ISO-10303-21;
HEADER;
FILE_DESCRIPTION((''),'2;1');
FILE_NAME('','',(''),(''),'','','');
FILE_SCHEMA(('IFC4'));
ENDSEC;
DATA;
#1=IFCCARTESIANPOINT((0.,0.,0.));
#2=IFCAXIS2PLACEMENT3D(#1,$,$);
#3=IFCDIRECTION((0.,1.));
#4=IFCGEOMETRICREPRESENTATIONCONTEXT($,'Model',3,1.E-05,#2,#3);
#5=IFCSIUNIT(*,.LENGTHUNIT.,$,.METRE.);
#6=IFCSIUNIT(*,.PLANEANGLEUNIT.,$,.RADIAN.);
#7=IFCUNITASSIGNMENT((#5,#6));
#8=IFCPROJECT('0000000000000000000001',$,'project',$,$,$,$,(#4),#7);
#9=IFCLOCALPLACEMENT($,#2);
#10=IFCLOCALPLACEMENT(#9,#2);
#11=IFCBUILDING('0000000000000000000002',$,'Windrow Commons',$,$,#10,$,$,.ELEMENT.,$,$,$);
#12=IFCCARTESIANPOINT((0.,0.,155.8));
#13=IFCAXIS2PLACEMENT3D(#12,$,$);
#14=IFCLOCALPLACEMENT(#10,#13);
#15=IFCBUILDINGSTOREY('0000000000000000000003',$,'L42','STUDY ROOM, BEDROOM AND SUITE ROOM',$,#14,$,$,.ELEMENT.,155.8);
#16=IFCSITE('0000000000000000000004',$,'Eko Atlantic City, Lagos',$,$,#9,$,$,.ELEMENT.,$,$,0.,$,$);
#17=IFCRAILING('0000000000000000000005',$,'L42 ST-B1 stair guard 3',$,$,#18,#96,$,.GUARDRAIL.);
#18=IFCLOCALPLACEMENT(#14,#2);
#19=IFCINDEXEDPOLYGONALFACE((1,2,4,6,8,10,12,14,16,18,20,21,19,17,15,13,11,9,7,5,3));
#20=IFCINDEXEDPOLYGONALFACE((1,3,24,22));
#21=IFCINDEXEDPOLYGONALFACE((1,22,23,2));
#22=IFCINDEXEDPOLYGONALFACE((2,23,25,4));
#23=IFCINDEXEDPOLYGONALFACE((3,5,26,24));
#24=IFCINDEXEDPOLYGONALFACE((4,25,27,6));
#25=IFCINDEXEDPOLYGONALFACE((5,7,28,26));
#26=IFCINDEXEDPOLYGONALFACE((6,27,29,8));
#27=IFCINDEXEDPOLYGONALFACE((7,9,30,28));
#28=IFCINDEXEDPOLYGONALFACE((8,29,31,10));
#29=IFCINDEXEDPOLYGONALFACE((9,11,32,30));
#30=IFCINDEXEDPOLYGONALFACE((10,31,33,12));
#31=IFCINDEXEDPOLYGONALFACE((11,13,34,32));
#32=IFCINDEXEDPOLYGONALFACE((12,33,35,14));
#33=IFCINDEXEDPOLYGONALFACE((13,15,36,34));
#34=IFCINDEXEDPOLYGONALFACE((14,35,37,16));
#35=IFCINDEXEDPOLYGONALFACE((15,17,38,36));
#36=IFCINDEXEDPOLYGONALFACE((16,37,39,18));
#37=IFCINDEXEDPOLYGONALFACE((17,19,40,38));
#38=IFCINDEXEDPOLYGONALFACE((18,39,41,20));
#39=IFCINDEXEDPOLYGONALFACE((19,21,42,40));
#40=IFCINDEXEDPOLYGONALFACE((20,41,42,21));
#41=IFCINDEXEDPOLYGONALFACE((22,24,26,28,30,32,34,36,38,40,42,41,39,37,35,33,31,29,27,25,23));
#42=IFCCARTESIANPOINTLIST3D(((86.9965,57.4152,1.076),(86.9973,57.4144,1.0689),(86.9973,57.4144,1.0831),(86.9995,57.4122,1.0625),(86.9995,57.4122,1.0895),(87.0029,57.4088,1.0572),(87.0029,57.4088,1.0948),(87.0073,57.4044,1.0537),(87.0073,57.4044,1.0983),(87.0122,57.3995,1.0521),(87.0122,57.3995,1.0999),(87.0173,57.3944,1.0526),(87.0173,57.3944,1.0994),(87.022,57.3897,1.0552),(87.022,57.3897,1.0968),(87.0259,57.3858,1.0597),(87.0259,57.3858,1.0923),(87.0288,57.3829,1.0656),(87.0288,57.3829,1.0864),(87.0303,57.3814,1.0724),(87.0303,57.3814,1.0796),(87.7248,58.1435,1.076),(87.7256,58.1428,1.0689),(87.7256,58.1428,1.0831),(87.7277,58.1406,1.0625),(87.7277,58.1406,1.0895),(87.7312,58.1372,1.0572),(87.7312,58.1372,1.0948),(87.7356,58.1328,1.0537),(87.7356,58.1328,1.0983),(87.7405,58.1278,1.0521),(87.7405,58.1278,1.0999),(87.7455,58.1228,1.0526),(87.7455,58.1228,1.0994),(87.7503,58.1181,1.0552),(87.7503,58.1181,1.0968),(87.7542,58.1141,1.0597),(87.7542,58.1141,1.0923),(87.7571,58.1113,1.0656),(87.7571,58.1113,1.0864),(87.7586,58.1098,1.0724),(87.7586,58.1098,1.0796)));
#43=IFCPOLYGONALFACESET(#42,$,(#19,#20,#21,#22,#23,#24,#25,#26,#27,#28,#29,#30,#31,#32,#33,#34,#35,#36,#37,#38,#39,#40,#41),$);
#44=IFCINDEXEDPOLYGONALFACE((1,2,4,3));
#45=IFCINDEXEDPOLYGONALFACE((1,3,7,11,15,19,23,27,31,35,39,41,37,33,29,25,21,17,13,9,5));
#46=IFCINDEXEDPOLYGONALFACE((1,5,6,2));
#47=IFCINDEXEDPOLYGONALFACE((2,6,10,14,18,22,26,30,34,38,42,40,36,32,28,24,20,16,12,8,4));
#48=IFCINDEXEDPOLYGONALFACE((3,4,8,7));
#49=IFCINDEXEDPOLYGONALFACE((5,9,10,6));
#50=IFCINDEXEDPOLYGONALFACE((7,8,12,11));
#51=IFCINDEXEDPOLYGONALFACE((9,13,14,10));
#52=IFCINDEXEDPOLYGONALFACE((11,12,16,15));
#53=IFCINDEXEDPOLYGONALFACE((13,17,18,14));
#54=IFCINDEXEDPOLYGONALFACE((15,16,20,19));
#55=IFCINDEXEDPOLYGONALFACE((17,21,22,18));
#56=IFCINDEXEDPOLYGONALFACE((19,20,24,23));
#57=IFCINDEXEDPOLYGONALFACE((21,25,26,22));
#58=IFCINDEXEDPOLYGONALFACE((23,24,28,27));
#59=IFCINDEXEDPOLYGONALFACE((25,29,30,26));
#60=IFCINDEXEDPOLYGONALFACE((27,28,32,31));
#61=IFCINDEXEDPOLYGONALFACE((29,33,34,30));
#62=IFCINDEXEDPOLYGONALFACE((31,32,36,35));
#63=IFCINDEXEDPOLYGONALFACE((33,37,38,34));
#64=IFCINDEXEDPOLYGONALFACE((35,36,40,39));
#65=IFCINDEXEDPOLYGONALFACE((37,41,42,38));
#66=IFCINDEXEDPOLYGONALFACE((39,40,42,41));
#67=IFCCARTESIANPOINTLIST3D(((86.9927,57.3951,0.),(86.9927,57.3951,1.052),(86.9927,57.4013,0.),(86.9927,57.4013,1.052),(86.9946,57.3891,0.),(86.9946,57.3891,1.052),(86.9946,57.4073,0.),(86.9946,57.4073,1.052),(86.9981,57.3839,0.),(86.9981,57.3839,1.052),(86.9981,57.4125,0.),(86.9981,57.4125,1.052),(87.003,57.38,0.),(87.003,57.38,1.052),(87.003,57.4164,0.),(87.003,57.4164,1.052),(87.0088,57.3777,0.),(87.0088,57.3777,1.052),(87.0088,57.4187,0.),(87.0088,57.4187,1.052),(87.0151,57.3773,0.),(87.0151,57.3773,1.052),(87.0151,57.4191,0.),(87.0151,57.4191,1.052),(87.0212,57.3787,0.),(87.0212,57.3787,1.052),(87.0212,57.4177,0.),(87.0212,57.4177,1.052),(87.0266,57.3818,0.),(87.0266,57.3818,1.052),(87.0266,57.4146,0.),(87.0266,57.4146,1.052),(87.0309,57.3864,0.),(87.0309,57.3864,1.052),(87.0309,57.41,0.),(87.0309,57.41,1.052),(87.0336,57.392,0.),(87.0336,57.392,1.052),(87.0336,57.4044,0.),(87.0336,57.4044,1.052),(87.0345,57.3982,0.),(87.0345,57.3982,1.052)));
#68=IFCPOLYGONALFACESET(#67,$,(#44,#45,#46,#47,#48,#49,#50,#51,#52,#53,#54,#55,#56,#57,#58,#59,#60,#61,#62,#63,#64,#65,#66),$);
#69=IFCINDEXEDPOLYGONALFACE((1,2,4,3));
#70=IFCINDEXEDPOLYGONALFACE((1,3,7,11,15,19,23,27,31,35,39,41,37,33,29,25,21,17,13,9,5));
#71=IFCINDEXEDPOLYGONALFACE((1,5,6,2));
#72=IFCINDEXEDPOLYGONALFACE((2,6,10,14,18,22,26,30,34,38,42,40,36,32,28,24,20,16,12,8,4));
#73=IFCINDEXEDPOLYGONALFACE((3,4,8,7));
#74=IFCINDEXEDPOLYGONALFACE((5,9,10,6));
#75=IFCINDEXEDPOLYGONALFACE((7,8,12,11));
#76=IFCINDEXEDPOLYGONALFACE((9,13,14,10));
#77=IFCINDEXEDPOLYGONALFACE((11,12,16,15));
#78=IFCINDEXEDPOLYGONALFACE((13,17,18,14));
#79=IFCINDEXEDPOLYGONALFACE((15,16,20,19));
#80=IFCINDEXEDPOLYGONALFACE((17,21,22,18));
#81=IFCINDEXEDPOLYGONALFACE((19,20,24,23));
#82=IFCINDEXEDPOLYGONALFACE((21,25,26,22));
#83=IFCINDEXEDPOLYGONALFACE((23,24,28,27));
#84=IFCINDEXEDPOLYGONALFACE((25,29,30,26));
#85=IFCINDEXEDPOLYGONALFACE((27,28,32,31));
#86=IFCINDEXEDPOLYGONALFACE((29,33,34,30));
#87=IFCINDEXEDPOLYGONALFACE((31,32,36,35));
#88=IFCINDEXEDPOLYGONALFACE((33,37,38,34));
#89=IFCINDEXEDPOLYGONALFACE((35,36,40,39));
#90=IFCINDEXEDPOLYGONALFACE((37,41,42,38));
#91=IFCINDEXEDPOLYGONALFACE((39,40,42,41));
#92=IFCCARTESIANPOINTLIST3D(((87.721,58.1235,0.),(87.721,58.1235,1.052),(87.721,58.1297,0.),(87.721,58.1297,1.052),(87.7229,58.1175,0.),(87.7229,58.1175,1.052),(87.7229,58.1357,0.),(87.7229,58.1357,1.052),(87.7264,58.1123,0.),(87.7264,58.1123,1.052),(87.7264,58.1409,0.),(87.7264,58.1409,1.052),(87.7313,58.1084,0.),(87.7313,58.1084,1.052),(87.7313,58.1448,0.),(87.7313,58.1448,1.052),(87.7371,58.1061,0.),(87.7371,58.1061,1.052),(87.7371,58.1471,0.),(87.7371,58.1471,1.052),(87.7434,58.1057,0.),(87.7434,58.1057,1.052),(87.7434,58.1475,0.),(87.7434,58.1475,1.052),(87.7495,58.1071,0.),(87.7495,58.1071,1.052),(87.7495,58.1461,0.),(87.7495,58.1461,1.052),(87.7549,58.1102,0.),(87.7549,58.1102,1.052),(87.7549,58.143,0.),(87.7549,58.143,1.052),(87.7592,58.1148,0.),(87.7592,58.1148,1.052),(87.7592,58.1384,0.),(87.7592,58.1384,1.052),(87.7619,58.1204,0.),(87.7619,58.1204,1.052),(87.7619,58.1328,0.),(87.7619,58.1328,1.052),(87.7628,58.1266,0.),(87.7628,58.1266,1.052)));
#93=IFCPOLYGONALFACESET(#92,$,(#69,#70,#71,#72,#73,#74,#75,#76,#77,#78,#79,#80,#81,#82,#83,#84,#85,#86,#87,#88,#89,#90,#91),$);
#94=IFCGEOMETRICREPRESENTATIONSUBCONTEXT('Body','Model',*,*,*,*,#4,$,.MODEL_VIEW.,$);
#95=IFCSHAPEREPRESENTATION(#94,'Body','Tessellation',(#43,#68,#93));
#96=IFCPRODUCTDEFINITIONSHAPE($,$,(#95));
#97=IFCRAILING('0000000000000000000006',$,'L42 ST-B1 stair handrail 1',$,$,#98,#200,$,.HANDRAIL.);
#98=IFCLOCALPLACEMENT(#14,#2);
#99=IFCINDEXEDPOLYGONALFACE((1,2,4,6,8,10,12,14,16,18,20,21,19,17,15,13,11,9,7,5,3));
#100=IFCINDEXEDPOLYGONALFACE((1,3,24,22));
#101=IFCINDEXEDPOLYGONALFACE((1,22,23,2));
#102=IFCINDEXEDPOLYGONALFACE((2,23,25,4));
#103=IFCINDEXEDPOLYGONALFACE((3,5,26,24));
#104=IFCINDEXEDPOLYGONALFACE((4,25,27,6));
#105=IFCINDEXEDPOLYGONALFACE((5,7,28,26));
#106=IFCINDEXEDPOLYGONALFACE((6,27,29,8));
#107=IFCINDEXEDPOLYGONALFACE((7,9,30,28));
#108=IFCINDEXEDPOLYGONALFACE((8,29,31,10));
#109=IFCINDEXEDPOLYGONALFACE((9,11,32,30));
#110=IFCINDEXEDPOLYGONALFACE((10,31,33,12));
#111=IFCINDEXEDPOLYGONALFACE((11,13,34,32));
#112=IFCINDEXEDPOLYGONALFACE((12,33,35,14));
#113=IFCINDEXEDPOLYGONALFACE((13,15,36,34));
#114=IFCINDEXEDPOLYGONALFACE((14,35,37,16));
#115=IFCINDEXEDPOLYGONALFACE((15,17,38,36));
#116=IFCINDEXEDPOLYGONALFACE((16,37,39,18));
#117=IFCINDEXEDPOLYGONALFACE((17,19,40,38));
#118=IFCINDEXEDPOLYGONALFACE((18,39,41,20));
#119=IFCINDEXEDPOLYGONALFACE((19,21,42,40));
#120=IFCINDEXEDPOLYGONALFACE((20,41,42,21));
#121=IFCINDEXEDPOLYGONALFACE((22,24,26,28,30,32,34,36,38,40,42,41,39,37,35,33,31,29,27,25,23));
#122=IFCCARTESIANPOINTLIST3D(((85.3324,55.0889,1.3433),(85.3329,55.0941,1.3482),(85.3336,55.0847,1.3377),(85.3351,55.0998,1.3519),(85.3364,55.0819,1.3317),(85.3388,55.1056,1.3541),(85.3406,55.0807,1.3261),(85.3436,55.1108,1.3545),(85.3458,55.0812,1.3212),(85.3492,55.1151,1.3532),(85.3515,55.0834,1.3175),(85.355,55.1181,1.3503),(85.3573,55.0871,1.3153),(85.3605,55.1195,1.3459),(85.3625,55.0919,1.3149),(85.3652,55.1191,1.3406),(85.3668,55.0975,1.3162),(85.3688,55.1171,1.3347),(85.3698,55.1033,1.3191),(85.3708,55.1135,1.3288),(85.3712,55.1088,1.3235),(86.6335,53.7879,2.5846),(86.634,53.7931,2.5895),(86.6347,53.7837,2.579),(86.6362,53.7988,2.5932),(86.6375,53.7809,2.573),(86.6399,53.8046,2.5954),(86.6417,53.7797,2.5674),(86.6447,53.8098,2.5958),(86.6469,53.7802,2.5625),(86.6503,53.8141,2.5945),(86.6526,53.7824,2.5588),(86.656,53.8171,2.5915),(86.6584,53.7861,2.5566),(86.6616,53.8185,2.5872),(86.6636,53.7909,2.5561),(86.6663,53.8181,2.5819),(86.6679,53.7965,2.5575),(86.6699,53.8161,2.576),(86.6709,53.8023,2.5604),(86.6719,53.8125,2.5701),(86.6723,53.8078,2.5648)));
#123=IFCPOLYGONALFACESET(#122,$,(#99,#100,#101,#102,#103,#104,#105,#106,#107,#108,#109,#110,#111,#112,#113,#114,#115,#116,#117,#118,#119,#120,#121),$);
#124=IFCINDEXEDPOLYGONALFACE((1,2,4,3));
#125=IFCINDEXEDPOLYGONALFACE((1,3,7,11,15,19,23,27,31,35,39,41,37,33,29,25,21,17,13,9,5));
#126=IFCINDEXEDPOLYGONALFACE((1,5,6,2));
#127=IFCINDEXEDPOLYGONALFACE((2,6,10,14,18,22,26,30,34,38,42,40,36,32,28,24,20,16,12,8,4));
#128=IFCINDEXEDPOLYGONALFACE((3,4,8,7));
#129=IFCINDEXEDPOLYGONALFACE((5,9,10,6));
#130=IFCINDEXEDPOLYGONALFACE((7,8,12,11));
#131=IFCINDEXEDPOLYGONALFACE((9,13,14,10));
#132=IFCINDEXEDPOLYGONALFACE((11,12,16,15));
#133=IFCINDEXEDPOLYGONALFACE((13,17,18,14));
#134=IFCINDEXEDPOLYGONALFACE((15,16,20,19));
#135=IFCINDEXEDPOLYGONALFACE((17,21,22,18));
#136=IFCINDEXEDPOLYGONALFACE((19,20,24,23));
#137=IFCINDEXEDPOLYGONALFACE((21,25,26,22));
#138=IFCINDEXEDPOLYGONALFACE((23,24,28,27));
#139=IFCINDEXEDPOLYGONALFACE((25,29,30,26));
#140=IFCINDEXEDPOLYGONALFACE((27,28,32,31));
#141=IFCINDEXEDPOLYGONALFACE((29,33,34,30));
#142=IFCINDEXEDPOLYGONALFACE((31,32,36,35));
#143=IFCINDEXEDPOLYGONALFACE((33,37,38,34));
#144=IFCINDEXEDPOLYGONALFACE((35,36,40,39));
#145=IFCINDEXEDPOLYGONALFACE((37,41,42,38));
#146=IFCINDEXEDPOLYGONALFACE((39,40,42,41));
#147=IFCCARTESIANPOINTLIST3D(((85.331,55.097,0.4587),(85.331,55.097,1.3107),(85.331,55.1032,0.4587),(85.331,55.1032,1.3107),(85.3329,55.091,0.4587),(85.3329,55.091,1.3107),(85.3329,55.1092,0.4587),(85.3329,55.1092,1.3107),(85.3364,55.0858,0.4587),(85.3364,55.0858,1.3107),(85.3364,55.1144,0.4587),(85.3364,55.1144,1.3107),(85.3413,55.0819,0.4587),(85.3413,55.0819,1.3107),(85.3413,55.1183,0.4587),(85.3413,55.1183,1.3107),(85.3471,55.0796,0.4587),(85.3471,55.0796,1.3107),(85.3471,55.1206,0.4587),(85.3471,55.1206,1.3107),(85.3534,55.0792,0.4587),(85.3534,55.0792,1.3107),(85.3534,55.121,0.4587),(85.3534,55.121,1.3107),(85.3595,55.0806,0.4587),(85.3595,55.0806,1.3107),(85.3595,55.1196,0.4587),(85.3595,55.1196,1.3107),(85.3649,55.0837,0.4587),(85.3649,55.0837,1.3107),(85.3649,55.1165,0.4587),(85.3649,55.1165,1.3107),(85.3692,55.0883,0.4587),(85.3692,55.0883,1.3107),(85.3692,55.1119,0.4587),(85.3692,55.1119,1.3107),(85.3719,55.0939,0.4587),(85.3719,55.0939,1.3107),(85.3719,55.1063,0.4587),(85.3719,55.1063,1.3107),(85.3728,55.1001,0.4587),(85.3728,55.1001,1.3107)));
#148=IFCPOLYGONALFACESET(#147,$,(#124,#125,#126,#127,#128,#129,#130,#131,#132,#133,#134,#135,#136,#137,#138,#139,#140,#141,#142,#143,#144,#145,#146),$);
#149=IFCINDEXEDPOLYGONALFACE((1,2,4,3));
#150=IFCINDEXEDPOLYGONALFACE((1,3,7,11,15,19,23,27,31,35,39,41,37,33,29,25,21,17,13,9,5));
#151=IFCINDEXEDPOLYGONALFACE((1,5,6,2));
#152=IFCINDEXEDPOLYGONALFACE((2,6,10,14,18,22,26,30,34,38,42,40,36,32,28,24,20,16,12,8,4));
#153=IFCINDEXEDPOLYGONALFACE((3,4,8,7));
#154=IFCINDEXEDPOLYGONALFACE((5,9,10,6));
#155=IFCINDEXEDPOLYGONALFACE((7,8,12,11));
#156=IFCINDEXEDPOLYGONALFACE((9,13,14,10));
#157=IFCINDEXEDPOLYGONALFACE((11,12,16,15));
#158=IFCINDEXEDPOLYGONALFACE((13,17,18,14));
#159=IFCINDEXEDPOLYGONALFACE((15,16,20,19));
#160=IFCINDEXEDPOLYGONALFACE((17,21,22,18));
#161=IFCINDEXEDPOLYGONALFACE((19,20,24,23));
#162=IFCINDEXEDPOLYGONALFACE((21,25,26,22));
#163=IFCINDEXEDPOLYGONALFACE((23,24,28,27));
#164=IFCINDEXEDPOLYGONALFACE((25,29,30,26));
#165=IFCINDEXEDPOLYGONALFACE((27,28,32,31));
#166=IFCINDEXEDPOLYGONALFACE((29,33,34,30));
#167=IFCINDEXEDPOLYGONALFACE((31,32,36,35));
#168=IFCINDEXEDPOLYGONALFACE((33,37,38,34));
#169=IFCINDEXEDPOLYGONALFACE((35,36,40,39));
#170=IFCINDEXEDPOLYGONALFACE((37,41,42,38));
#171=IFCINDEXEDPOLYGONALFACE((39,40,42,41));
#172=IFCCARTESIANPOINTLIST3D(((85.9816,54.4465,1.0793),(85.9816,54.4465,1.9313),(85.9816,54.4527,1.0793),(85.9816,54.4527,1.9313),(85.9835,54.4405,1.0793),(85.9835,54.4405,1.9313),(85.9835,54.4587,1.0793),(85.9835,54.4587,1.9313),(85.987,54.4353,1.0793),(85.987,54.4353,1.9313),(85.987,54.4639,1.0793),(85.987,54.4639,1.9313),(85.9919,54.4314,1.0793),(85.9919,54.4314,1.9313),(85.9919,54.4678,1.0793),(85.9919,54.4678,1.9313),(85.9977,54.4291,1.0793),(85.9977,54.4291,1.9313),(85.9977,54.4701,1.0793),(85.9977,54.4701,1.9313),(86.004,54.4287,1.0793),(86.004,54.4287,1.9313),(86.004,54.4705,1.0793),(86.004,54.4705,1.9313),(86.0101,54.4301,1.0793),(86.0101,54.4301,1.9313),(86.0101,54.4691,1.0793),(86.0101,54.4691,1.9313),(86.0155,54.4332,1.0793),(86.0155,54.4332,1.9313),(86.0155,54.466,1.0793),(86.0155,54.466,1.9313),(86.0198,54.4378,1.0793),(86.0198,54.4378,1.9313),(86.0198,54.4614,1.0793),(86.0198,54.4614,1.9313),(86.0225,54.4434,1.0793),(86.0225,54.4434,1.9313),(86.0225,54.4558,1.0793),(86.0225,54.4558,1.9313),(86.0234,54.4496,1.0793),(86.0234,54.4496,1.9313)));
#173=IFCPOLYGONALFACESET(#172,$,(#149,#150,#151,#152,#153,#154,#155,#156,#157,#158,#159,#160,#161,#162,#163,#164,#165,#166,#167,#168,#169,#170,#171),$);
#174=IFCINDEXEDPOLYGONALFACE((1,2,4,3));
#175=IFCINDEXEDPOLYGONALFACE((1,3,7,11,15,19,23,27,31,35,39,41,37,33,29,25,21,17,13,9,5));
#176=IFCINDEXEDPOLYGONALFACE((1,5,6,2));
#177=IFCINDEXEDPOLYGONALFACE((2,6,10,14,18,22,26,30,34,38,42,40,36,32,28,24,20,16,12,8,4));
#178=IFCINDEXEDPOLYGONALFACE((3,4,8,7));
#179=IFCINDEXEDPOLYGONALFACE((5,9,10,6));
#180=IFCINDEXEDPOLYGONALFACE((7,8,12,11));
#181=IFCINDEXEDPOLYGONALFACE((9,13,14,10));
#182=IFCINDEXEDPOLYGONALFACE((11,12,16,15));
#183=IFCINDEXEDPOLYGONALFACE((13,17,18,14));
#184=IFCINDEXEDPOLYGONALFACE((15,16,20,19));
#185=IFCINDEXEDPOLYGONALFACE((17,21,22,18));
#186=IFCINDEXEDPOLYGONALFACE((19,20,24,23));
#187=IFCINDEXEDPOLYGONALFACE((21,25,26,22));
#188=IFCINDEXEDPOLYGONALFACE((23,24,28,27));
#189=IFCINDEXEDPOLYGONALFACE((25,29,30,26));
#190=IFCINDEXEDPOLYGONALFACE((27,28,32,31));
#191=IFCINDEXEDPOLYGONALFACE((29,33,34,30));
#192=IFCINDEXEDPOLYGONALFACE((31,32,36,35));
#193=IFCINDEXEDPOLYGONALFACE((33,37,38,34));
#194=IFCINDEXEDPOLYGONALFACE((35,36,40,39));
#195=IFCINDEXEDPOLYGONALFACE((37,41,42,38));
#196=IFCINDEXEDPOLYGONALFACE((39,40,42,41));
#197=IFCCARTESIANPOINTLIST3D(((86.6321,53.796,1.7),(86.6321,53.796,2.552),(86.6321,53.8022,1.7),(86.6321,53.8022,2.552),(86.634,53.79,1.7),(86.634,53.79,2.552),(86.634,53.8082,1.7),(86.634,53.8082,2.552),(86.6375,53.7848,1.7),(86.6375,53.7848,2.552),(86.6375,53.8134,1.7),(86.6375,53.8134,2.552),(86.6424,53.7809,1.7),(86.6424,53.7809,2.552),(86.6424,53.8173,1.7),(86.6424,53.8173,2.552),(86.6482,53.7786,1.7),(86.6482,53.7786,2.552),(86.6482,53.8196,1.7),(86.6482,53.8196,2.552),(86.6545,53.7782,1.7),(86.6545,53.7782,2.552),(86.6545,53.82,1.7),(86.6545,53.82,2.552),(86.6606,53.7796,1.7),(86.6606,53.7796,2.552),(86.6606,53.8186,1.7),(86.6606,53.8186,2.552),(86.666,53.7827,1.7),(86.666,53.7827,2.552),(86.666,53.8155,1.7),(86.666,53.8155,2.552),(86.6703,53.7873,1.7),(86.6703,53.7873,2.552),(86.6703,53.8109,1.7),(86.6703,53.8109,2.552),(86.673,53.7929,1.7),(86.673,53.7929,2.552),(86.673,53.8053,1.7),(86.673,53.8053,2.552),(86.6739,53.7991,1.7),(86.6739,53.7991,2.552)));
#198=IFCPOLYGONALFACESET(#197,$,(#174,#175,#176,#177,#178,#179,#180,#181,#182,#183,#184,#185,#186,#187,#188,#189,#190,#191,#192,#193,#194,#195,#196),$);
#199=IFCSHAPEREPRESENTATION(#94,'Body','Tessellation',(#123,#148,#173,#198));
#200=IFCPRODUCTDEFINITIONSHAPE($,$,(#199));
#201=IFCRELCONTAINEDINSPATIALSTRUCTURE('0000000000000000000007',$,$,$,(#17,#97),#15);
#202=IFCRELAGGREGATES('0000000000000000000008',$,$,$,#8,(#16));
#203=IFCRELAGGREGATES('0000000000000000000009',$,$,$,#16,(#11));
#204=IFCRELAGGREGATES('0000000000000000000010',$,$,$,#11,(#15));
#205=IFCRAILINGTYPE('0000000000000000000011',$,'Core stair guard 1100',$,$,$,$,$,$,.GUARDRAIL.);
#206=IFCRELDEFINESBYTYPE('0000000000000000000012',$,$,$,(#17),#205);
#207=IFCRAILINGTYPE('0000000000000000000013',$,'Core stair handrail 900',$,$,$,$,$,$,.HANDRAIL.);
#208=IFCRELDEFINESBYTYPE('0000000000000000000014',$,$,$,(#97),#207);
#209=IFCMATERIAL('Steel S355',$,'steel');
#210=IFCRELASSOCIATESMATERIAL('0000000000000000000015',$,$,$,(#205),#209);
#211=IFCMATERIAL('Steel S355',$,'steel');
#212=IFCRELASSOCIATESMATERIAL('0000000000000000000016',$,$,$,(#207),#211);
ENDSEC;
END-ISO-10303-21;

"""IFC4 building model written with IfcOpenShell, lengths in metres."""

from ifc_helpers import new_model, si_unit, direction, frame, origin, origin_2d, place, context, subcontext, project, spatial, circle, extrude, material, type_object, element, save


model = new_model("IFC4")

# Units and contexts
model_context = context("Model", 3, precision=1e-05, world=origin(), true_north=direction((0.0, 1.0)))
body_context = subcontext(model_context, "Body", "Model", "MODEL_VIEW")
ifc_project = project(units=[si_unit("LENGTHUNIT", "METRE"), si_unit("PLANEANGLEUNIT", "RADIAN")], contexts=[model_context])

# Site, building, storey
site_placement = place(None, origin())
site = spatial("IfcSite", under=ifc_project, at=site_placement, Name="Eko Atlantic City, Lagos", CompositionType="ELEMENT", RefElevation=0.0)
building_placement = place(site_placement, origin())
building = spatial("IfcBuilding", under=site, at=building_placement, Name="Windrow Commons", CompositionType="ELEMENT")
storey_placement = place(building_placement, frame((0.0, 0.0, 155.8)))
storey = spatial("IfcBuildingStorey", under=building, at=storey_placement, Name="L42", Description="STUDY ROOM, BEDROOM AND SUITE ROOM", CompositionType="ELEMENT", Elevation=155.8)

# Railings
ifc_material_1 = material(Name="Steel S355", Category="steel")
railing_type_1 = type_object("IfcRailingType", Name="Core stair guard 1100", PredefinedType="GUARDRAIL", material=ifc_material_1)
railing_1_placement = place(storey_placement, frame((87.0135, 57.3982, 0.0)))
element("IfcRailing", 1, at=railing_1_placement, inside=storey, type_object=railing_type_1, Name="L42 ST-B1 stair guard 3", PredefinedType="GUARDRAIL", context=body_context, shape_type="SweptSolid", body=[
    extrude(circle(Radius=0.024, at=origin_2d()), frame((0.0, 0.0, 1.076), z_axis=(0.707058, 0.707155, 0.0), x_axis=(-0.707155, 0.707058, 0.0)), (0.0, 0.0, 1.0), 1.03),
    extrude(circle(Radius=0.021, at=origin_2d()), origin(), (0.0, 0.0, 1.0), 1.052),
    extrude(circle(Radius=0.021, at=origin_2d()), frame((0.7283, 0.7284, 0.0)), (0.0, 0.0, 1.0), 1.052),
])
ifc_material_2 = material(Name="Steel S355", Category="steel")
railing_type_2 = type_object("IfcRailingType", Name="Core stair handrail 900", PredefinedType="HANDRAIL", material=ifc_material_2)
railing_2_placement = place(storey_placement, frame((85.3518, 55.1001, 0.4587)))
element("IfcRailing", 2, at=railing_2_placement, inside=storey, type_object=railing_type_2, Name="L42 ST-B1 stair handrail 1", PredefinedType="HANDRAIL", context=body_context, shape_type="SweptSolid", body=[
    extrude(circle(Radius=0.024, at=origin_2d()), frame((0.0, 0.0, 0.876), z_axis=(0.586207, -0.586162, 0.559264), x_axis=(0.70708, 0.707134, 0.0)), (0.0, 0.0, 1.0), 2.2195),
    extrude(circle(Radius=0.021, at=origin_2d()), origin(), (0.0, 0.0, 1.0), 0.852),
    extrude(circle(Radius=0.021, at=origin_2d()), frame((0.6506, -0.6505, 0.6206)), (0.0, 0.0, 1.0), 0.852),
    extrude(circle(Radius=0.021, at=origin_2d()), frame((1.3011, -1.301, 1.2413)), (0.0, 0.0, 1.0), 0.852),
])

save(model, "model.ifc")
